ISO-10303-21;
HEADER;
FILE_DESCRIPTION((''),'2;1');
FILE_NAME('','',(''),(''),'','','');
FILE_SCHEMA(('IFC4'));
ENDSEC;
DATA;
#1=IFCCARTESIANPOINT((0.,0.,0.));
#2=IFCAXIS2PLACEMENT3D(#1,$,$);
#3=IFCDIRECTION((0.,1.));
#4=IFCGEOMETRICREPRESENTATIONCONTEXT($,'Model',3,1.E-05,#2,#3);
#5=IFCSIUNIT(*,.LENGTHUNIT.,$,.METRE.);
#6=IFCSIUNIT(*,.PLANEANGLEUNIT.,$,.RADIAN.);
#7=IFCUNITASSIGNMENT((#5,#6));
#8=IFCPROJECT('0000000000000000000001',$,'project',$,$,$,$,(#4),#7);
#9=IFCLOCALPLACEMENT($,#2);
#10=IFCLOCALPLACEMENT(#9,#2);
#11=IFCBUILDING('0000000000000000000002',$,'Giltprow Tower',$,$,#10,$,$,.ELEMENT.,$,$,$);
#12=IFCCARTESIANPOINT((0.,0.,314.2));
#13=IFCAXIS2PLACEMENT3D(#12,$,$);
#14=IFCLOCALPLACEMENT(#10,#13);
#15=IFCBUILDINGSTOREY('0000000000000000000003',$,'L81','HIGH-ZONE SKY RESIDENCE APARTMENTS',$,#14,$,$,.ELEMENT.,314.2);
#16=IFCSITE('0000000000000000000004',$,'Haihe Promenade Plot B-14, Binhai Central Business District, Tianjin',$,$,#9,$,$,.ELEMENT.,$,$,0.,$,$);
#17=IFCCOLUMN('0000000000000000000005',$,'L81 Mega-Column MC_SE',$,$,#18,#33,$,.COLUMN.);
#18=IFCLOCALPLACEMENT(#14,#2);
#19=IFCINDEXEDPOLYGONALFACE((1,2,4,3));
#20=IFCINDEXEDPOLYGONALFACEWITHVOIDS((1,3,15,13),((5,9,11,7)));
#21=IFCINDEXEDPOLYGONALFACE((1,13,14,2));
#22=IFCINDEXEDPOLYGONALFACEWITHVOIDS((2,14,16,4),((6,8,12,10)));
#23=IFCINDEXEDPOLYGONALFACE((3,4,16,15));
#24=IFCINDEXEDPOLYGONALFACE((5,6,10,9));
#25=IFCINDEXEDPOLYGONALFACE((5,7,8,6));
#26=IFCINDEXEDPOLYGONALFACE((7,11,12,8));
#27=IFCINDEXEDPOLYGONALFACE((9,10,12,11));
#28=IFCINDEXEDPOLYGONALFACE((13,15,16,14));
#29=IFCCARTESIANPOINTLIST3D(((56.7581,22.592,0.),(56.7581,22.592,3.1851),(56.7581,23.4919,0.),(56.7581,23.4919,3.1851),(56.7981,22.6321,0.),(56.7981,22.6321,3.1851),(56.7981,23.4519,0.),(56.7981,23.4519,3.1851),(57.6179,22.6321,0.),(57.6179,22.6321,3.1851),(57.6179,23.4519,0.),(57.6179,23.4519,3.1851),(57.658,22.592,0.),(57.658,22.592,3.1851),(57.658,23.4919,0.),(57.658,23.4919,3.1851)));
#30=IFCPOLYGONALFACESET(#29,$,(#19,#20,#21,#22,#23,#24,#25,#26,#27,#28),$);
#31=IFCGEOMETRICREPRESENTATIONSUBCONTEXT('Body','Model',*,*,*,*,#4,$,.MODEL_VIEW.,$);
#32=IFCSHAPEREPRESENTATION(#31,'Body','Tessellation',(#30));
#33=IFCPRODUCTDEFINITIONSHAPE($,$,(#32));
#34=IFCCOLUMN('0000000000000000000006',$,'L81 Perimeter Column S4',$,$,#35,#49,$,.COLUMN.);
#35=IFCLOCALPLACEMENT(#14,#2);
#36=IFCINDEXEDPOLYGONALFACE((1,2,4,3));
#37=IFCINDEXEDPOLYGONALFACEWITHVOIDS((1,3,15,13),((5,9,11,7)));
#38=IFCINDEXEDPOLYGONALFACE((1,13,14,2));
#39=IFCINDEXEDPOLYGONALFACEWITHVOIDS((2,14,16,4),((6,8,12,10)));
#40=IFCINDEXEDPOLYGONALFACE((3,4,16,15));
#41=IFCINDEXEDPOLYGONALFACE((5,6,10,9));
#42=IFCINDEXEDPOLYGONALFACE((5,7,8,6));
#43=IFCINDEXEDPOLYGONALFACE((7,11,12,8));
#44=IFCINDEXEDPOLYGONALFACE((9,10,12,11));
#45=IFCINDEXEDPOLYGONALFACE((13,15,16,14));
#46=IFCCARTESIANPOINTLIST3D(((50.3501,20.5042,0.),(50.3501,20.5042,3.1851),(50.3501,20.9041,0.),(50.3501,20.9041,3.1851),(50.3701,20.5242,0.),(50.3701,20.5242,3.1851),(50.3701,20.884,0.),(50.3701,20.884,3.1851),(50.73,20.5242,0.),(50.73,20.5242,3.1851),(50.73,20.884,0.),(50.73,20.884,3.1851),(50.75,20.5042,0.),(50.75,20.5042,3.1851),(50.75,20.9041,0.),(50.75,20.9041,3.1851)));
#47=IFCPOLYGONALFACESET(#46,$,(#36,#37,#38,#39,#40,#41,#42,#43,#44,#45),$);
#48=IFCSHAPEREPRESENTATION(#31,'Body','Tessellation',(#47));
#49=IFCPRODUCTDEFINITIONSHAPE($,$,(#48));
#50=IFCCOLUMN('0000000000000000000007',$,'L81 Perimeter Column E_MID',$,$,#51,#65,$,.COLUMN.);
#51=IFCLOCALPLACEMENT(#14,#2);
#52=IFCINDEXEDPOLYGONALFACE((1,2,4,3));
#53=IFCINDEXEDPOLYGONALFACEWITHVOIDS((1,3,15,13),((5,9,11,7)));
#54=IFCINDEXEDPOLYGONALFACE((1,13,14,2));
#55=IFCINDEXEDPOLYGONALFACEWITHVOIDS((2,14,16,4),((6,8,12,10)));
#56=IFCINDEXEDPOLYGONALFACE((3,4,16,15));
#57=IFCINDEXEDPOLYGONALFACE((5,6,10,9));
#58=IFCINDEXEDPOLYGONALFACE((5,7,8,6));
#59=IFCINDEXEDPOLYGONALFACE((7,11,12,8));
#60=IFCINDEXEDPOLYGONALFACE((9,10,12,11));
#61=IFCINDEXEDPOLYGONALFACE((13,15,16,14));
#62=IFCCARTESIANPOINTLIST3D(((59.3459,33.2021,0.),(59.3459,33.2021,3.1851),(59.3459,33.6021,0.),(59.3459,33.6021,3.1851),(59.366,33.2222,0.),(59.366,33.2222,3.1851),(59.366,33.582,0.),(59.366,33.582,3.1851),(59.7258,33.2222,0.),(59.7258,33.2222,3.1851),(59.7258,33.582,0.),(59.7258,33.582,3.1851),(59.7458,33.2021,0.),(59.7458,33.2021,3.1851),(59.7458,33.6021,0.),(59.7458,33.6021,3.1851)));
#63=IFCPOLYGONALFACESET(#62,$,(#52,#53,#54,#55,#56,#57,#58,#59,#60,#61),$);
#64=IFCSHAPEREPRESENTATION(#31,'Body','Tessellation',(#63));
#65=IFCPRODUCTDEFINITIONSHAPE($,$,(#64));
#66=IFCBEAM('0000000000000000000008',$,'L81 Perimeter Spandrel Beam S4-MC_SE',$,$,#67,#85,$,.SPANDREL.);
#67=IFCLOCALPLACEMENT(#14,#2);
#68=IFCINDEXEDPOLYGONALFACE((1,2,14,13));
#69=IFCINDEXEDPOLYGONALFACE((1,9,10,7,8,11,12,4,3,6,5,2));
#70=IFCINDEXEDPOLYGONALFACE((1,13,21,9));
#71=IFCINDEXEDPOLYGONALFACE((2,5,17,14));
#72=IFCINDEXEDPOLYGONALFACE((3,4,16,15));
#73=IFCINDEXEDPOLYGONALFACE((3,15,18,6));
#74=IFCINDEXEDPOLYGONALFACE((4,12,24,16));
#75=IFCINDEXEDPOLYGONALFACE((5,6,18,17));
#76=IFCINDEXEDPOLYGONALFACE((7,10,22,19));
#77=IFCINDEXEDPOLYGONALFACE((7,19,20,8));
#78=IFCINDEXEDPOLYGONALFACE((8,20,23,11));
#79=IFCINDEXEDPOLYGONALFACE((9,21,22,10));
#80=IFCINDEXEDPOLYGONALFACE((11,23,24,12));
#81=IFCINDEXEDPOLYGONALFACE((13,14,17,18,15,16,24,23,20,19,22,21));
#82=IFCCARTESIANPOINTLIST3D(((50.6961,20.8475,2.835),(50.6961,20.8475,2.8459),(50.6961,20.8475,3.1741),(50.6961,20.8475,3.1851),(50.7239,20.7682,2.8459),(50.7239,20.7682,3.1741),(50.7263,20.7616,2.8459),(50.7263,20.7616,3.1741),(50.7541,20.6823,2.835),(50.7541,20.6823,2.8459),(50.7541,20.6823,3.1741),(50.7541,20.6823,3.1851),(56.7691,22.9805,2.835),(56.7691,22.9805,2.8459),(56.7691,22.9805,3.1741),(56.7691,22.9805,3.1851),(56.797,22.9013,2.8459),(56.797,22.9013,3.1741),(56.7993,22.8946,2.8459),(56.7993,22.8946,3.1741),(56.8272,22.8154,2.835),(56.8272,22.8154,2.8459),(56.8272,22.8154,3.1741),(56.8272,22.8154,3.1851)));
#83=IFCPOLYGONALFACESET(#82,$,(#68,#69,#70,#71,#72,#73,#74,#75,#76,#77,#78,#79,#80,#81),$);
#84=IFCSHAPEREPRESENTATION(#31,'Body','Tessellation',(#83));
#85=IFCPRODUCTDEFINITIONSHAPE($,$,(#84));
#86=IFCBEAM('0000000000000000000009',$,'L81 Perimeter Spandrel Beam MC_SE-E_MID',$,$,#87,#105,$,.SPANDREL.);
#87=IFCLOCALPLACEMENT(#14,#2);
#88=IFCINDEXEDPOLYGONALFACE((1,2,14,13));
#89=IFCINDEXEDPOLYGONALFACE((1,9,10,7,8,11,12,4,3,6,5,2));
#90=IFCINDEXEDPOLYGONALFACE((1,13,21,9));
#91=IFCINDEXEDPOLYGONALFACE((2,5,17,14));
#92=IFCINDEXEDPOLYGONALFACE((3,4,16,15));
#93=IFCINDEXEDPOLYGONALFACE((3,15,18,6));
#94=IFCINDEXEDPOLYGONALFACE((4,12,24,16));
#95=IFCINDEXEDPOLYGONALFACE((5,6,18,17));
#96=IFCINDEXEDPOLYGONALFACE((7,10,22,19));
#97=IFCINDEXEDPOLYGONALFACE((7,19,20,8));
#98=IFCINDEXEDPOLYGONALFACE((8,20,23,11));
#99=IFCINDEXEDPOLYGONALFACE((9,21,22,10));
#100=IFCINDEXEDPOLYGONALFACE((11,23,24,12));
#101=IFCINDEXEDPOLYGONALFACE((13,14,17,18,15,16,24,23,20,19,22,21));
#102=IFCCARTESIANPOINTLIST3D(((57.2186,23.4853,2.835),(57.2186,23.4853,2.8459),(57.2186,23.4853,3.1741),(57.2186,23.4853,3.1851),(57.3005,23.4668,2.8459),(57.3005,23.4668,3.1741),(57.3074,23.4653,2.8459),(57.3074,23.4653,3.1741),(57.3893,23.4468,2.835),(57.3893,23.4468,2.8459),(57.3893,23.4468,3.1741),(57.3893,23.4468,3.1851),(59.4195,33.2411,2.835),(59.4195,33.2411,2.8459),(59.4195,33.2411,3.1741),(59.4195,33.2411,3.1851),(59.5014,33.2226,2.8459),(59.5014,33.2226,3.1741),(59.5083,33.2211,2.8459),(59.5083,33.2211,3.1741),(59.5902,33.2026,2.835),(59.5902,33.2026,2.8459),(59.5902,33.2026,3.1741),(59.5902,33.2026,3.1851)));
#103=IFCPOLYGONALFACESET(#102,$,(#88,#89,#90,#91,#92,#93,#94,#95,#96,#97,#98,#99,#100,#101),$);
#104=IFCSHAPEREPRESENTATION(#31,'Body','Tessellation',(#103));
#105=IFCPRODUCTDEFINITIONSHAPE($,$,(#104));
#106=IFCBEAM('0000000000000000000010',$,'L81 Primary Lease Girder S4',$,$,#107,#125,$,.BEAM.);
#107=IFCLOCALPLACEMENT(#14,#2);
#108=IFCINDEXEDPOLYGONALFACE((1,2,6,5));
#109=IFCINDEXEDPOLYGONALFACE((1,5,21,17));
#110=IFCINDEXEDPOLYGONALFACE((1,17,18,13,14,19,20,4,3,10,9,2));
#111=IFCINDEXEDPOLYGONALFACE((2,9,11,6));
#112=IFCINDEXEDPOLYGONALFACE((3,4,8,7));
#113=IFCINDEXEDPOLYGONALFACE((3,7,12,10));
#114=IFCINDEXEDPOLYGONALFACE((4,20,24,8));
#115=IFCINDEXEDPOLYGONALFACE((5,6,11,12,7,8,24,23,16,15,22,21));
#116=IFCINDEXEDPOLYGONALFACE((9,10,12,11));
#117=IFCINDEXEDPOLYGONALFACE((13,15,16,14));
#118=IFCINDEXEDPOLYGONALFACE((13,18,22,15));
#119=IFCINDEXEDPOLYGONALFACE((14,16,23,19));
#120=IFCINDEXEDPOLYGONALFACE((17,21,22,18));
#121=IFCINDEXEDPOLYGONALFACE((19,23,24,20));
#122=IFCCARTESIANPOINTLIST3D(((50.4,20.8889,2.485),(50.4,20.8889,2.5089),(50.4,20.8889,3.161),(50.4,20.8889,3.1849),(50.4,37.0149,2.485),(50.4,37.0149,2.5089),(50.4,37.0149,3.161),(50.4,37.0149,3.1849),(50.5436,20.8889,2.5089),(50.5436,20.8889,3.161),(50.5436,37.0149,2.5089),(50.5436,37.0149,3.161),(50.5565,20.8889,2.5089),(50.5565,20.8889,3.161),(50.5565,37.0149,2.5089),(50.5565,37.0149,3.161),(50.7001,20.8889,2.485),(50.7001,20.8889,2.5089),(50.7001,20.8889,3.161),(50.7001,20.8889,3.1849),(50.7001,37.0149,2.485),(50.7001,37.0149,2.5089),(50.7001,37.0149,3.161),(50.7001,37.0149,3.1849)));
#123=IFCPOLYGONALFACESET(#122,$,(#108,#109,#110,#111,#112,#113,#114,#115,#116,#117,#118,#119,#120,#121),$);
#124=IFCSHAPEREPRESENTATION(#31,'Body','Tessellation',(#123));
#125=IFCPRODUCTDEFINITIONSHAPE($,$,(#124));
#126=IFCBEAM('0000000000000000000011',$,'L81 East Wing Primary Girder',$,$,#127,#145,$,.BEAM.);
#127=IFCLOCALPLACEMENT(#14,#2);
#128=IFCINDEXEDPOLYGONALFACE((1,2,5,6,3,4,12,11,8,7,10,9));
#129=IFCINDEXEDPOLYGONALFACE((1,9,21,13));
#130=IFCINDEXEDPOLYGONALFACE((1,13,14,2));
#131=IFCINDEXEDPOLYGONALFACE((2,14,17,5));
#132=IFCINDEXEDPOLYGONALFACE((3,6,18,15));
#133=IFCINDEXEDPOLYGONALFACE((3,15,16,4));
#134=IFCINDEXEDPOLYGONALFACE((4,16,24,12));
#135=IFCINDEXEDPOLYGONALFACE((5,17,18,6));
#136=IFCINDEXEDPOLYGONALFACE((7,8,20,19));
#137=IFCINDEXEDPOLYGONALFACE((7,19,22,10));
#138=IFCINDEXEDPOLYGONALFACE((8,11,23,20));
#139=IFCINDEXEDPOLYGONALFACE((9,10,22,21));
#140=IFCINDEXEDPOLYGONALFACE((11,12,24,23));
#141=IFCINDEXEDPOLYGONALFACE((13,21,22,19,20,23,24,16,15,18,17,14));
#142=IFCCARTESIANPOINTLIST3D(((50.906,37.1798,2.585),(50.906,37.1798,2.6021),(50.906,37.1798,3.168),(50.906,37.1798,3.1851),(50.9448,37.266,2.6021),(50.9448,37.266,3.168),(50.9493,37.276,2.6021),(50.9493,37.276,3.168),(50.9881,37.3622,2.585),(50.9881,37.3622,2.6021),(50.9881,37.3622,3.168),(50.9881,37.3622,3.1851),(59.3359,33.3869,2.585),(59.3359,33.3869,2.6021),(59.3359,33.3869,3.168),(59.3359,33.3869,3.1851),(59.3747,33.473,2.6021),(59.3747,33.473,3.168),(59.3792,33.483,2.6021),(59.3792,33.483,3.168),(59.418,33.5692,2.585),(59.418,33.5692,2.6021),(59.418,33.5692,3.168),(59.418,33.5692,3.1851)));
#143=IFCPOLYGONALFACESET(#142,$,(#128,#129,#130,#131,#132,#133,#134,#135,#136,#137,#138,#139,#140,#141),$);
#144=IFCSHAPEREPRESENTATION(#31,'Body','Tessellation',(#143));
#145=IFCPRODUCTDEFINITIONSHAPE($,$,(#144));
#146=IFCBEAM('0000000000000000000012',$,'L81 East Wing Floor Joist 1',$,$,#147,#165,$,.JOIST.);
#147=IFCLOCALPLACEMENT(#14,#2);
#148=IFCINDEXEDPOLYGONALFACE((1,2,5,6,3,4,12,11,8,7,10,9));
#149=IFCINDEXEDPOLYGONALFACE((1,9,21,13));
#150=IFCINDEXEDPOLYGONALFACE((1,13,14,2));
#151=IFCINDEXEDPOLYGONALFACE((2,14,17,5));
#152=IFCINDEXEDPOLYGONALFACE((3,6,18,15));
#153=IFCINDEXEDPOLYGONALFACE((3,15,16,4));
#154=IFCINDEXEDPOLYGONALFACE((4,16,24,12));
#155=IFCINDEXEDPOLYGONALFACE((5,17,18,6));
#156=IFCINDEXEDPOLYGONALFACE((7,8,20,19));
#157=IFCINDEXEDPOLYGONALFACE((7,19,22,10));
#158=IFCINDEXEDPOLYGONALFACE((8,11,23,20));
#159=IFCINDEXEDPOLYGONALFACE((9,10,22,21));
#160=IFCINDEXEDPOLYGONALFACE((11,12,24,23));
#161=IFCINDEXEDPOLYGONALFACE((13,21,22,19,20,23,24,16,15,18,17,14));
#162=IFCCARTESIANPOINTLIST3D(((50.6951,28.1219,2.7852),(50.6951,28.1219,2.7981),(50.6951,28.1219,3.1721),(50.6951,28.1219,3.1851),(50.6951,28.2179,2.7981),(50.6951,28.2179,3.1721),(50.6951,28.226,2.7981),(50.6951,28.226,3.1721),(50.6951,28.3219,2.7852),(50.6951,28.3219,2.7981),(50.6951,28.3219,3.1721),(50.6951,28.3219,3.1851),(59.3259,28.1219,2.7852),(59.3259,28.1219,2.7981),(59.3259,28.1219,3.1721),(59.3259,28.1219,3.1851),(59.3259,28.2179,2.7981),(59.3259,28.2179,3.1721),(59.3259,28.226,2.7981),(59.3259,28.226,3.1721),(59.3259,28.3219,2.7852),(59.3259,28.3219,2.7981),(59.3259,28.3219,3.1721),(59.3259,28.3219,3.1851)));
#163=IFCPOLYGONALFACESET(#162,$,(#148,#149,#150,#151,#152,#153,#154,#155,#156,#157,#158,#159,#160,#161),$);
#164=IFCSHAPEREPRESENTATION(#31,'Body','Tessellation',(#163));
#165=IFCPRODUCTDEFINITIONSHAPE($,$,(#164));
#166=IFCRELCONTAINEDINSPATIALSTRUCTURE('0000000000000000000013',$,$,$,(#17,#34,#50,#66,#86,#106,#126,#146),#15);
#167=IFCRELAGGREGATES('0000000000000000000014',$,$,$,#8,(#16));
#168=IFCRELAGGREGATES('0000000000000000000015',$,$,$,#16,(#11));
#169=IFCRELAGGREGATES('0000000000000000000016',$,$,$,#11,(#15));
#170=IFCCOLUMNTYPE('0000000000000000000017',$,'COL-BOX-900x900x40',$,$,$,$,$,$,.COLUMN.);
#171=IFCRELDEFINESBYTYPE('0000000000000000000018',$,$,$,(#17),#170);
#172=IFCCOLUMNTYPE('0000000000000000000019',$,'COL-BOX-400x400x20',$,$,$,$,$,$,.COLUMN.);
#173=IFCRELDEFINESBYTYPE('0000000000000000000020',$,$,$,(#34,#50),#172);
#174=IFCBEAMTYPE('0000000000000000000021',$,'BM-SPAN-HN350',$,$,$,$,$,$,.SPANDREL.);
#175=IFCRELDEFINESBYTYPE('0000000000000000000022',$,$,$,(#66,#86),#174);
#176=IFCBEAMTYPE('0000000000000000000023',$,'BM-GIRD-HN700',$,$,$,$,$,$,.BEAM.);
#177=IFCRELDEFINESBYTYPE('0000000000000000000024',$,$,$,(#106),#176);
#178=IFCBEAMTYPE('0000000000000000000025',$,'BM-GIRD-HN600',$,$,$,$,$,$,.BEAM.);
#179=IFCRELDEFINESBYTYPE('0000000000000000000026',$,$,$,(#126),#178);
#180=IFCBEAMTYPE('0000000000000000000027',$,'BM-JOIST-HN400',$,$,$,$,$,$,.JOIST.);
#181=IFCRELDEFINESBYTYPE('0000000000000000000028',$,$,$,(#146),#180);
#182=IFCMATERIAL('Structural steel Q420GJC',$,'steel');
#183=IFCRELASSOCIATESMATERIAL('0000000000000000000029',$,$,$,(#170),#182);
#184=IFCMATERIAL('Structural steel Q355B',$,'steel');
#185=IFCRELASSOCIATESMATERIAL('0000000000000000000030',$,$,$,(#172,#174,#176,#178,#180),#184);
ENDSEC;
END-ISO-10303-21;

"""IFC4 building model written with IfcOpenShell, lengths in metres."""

from ifc_helpers import new_model, si_unit, direction, frame, origin, origin_2d, place, context, subcontext, project, spatial, hollow_rectangle, i_section, extrude, source, transform, mapped, material, material_profile, profile_set, type_object, element, save


model = new_model("IFC4")

# Units and contexts
model_context = context("Model", 3, precision=1e-05, world=origin(), true_north=direction((0.0, 1.0)))
body_context = subcontext(model_context, "Body", "Model", "MODEL_VIEW")
ifc_project = project(units=[si_unit("LENGTHUNIT", "METRE"), si_unit("PLANEANGLEUNIT", "RADIAN")], contexts=[model_context])

# Site, building, storey
site_placement = place(None, origin())
site = spatial("IfcSite", under=ifc_project, at=site_placement, Name="Haihe Promenade Plot B-14, Binhai Central Business District, Tianjin", CompositionType="ELEMENT", RefElevation=0.0)
building_placement = place(site_placement, origin())
building = spatial("IfcBuilding", under=site, at=building_placement, Name="Giltprow Tower", CompositionType="ELEMENT")
storey_placement = place(building_placement, frame((0.0, 0.0, 314.2)))
storey = spatial("IfcBuildingStorey", under=building, at=storey_placement, Name="L81", Description="HIGH-ZONE SKY RESIDENCE APARTMENTS", CompositionType="ELEMENT", Elevation=314.2)

# Columns
ifc_material_1 = material(Name="Structural steel Q420GJC", Category="steel")
ifc_material_profile_1 = material_profile(ifc_material_1, hollow_rectangle(XDim=0.8999, YDim=0.8999, WallThickness=0.04, at=origin_2d()), Name="BOX 900x900x40")
ifc_profile_set_1 = profile_set([ifc_material_profile_1], Name="Structural steel Q420GJC")
column_type_1 = type_object("IfcColumnType", Name="COL-BOX-900x900x40", PredefinedType="COLUMN", material=ifc_profile_set_1)
shared_shape_1 = source(origin(), body_context, "Body", "SweptSolid", [
    extrude(hollow_rectangle(XDim=0.8999, YDim=0.8999, WallThickness=0.04, at=origin_2d()), origin(), (0.0, 0.0, 1.0), 3.1851),
])
column_placement = place(storey_placement, frame((57.208, 23.042, 0.0), z_axis=(0.0, 0.0, 1.0), x_axis=(1.0, 0.0, 0.0)))
element("IfcColumn", 1, at=column_placement, inside=storey, type_object=column_type_1, Name="L81 Mega-Column MC_SE", PredefinedType="COLUMN", context=body_context, shape_type="MappedRepresentation", body=[
    mapped(shared_shape_1, transform((0.0, 0.0, 0.0), x_axis=(1.0, 0.0, 0.0), y_axis=(0.0, 1.0, 0.0), z_axis=(0.0, 0.0, 1.0), scale=1.0)),
])
ifc_material_2 = material(Name="Structural steel Q355B", Category="steel")
ifc_material_profile_2 = material_profile(ifc_material_2, hollow_rectangle(XDim=0.3999, YDim=0.3999, WallThickness=0.02, at=origin_2d()), Name="BOX 400x400x20")
ifc_profile_set_2 = profile_set([ifc_material_profile_2], Name="Structural steel Q355B")
column_type_2 = type_object("IfcColumnType", Name="COL-BOX-400x400x20", PredefinedType="COLUMN", material=ifc_profile_set_2)
shared_shape_2 = source(origin(), body_context, "Body", "SweptSolid", [
    extrude(hollow_rectangle(XDim=0.3999, YDim=0.3999, WallThickness=0.02, at=origin_2d()), origin(), (0.0, 0.0, 1.0), 3.1851),
])
for number, where, z_axis, x_axis, name in (
    (2, (50.55, 20.7041, 0.0), (0.0, 0.0, 1.0), (1.0, 0.0, 0.0), "L81 Perimeter Column S4"),
    (3, (59.5459, 33.4021, 0.0), (0.0, 0.0, 1.0), (1.0, 0.0, 0.0), "L81 Perimeter Column E_MID"),
):
    element("IfcColumn", number, at=place(storey_placement, frame(where, z_axis=z_axis, x_axis=x_axis)), inside=storey, type_object=column_type_2, Name=name, PredefinedType="COLUMN", context=body_context, shape_type="MappedRepresentation", body=[
        mapped(shared_shape_2, transform((0.0, 0.0, 0.0), x_axis=(1.0, 0.0, 0.0), y_axis=(0.0, 1.0, 0.0), z_axis=(0.0, 0.0, 1.0), scale=1.0)),
    ])

# Beams
ifc_material_profile_3 = material_profile(ifc_material_2, i_section(OverallWidth=0.175, OverallDepth=0.3501, WebThickness=0.0071, FlangeThickness=0.011, at=origin_2d()), Name="HN 350x175x7x11")
ifc_profile_set_3 = profile_set([ifc_material_profile_3], Name="Structural steel Q355B")
beam_type_1 = type_object("IfcBeamType", Name="BM-SPAN-HN350", PredefinedType="SPANDREL", material=ifc_profile_set_3)
shared_shape_3 = source(origin(), body_context, "Body", "SweptSolid", [
    extrude(i_section(OverallWidth=0.175, OverallDepth=0.3501, WebThickness=0.0071, FlangeThickness=0.011, at=origin_2d()), origin(), (0.0, 0.0, 1.0), 6.4368),
])
beam_1_placement = place(storey_placement, frame((50.7251, 20.7649, 3.01), z_axis=(0.943494, 0.331389, 0.0), x_axis=(-0.331389, 0.943494, 0.0)))
element("IfcBeam", 4, at=beam_1_placement, inside=storey, type_object=beam_type_1, Name="L81 Perimeter Spandrel Beam S4-MC_SE", PredefinedType="SPANDREL", context=body_context, shape_type="MappedRepresentation", body=[
    mapped(shared_shape_3, transform((0.0, 0.0, 0.0), x_axis=(1.0, 0.0, 0.0), y_axis=(0.0, 1.0, 0.0), z_axis=(0.0, 0.0, 1.0), scale=1.0)),
])
shared_shape_4 = source(origin(), body_context, "Body", "SweptSolid", [
    extrude(i_section(OverallWidth=0.175, OverallDepth=0.3501, WebThickness=0.0071, FlangeThickness=0.011, at=origin_2d()), origin(), (0.0, 0.0, 1.0), 10.001),
])
beam_2_placement = place(storey_placement, frame((57.304, 23.4661, 3.01), z_axis=(0.22007, 0.975484, 0.0), x_axis=(-0.975484, 0.22007, 0.0)))
element("IfcBeam", 5, at=beam_2_placement, inside=storey, type_object=beam_type_1, Name="L81 Perimeter Spandrel Beam MC_SE-E_MID", PredefinedType="SPANDREL", context=body_context, shape_type="MappedRepresentation", body=[
    mapped(shared_shape_4, transform((0.0, 0.0, 0.0), x_axis=(1.0, 0.0, 0.0), y_axis=(0.0, 1.0, 0.0), z_axis=(0.0, 0.0, 1.0), scale=1.0)),
])
ifc_material_profile_4 = material_profile(ifc_material_2, i_section(OverallWidth=0.3, OverallDepth=0.7, WebThickness=0.0129, FlangeThickness=0.0239, at=origin_2d()), Name="HN 700x300x13x24")
ifc_profile_set_4 = profile_set([ifc_material_profile_4], Name="Structural steel Q355B")
beam_type_2 = type_object("IfcBeamType", Name="BM-GIRD-HN700", PredefinedType="BEAM", material=ifc_profile_set_4)
shared_shape_5 = source(origin(), body_context, "Body", "SweptSolid", [
    extrude(i_section(OverallWidth=0.3, OverallDepth=0.7, WebThickness=0.0129, FlangeThickness=0.0239, at=origin_2d()), origin(), (0.0, 0.0, 1.0), 16.126),
])
beam_3_placement = place(storey_placement, frame((50.55, 20.8889, 2.835), z_axis=(0.0, 1.0, 0.0), x_axis=(-1.0, 0.0, 0.0)))
element("IfcBeam", 6, at=beam_3_placement, inside=storey, type_object=beam_type_2, Name="L81 Primary Lease Girder S4", PredefinedType="BEAM", context=body_context, shape_type="MappedRepresentation", body=[
    mapped(shared_shape_5, transform((0.0, 0.0, 0.0), x_axis=(1.0, 0.0, 0.0), y_axis=(0.0, 1.0, 0.0), z_axis=(0.0, 0.0, 1.0), scale=1.0)),
])
ifc_material_profile_5 = material_profile(ifc_material_2, i_section(OverallWidth=0.2, OverallDepth=0.6001, WebThickness=0.011, FlangeThickness=0.0171, at=origin_2d()), Name="HN 600x200x11x17")
ifc_profile_set_5 = profile_set([ifc_material_profile_5], Name="Structural steel Q355B")
beam_type_3 = type_object("IfcBeamType", Name="BM-GIRD-HN600", PredefinedType="BEAM", material=ifc_profile_set_5)
shared_shape_6 = source(origin(), body_context, "Body", "SweptSolid", [
    extrude(i_section(OverallWidth=0.2, OverallDepth=0.6001, WebThickness=0.011, FlangeThickness=0.0171, at=origin_2d()), origin(), (0.0, 0.0, 1.0), 9.2439),
])
beam_4_placement = place(storey_placement, frame((59.377, 33.478, 2.885), z_axis=(-0.911942, 0.41032, 0.0), x_axis=(-0.41032, -0.911942, 0.0)))
element("IfcBeam", 7, at=beam_4_placement, inside=storey, type_object=beam_type_3, Name="L81 East Wing Primary Girder", PredefinedType="BEAM", context=body_context, shape_type="MappedRepresentation", body=[
    mapped(shared_shape_6, transform((0.0, 0.0, 0.0), x_axis=(1.0, 0.0, 0.0), y_axis=(0.0, 1.0, 0.0), z_axis=(0.0, 0.0, 1.0), scale=1.0)),
])
ifc_material_profile_6 = material_profile(ifc_material_2, i_section(OverallWidth=0.2, OverallDepth=0.3999, WebThickness=0.0081, FlangeThickness=0.0129, at=origin_2d()), Name="HN 400x200x8x13")
ifc_profile_set_6 = profile_set([ifc_material_profile_6], Name="Structural steel Q355B")
beam_type_4 = type_object("IfcBeamType", Name="BM-JOIST-HN400", PredefinedType="JOIST", material=ifc_profile_set_6)
shared_shape_7 = source(origin(), body_context, "Body", "SweptSolid", [
    extrude(i_section(OverallWidth=0.2, OverallDepth=0.3999, WebThickness=0.0081, FlangeThickness=0.0129, at=origin_2d()), origin(), (0.0, 0.0, 1.0), 8.6309),
])
beam_5_placement = place(storey_placement, frame((50.6951, 28.2219, 2.9851), z_axis=(1.0, 0.0, 0.0), x_axis=(0.0, 1.0, 0.0)))
element("IfcBeam", 8, at=beam_5_placement, inside=storey, type_object=beam_type_4, Name="L81 East Wing Floor Joist 1", PredefinedType="JOIST", context=body_context, shape_type="MappedRepresentation", body=[
    mapped(shared_shape_7, transform((0.0, 0.0, 0.0), x_axis=(1.0, 0.0, 0.0), y_axis=(0.0, 1.0, 0.0), z_axis=(0.0, 0.0, 1.0), scale=1.0)),
])

save(model, "model.ifc")
